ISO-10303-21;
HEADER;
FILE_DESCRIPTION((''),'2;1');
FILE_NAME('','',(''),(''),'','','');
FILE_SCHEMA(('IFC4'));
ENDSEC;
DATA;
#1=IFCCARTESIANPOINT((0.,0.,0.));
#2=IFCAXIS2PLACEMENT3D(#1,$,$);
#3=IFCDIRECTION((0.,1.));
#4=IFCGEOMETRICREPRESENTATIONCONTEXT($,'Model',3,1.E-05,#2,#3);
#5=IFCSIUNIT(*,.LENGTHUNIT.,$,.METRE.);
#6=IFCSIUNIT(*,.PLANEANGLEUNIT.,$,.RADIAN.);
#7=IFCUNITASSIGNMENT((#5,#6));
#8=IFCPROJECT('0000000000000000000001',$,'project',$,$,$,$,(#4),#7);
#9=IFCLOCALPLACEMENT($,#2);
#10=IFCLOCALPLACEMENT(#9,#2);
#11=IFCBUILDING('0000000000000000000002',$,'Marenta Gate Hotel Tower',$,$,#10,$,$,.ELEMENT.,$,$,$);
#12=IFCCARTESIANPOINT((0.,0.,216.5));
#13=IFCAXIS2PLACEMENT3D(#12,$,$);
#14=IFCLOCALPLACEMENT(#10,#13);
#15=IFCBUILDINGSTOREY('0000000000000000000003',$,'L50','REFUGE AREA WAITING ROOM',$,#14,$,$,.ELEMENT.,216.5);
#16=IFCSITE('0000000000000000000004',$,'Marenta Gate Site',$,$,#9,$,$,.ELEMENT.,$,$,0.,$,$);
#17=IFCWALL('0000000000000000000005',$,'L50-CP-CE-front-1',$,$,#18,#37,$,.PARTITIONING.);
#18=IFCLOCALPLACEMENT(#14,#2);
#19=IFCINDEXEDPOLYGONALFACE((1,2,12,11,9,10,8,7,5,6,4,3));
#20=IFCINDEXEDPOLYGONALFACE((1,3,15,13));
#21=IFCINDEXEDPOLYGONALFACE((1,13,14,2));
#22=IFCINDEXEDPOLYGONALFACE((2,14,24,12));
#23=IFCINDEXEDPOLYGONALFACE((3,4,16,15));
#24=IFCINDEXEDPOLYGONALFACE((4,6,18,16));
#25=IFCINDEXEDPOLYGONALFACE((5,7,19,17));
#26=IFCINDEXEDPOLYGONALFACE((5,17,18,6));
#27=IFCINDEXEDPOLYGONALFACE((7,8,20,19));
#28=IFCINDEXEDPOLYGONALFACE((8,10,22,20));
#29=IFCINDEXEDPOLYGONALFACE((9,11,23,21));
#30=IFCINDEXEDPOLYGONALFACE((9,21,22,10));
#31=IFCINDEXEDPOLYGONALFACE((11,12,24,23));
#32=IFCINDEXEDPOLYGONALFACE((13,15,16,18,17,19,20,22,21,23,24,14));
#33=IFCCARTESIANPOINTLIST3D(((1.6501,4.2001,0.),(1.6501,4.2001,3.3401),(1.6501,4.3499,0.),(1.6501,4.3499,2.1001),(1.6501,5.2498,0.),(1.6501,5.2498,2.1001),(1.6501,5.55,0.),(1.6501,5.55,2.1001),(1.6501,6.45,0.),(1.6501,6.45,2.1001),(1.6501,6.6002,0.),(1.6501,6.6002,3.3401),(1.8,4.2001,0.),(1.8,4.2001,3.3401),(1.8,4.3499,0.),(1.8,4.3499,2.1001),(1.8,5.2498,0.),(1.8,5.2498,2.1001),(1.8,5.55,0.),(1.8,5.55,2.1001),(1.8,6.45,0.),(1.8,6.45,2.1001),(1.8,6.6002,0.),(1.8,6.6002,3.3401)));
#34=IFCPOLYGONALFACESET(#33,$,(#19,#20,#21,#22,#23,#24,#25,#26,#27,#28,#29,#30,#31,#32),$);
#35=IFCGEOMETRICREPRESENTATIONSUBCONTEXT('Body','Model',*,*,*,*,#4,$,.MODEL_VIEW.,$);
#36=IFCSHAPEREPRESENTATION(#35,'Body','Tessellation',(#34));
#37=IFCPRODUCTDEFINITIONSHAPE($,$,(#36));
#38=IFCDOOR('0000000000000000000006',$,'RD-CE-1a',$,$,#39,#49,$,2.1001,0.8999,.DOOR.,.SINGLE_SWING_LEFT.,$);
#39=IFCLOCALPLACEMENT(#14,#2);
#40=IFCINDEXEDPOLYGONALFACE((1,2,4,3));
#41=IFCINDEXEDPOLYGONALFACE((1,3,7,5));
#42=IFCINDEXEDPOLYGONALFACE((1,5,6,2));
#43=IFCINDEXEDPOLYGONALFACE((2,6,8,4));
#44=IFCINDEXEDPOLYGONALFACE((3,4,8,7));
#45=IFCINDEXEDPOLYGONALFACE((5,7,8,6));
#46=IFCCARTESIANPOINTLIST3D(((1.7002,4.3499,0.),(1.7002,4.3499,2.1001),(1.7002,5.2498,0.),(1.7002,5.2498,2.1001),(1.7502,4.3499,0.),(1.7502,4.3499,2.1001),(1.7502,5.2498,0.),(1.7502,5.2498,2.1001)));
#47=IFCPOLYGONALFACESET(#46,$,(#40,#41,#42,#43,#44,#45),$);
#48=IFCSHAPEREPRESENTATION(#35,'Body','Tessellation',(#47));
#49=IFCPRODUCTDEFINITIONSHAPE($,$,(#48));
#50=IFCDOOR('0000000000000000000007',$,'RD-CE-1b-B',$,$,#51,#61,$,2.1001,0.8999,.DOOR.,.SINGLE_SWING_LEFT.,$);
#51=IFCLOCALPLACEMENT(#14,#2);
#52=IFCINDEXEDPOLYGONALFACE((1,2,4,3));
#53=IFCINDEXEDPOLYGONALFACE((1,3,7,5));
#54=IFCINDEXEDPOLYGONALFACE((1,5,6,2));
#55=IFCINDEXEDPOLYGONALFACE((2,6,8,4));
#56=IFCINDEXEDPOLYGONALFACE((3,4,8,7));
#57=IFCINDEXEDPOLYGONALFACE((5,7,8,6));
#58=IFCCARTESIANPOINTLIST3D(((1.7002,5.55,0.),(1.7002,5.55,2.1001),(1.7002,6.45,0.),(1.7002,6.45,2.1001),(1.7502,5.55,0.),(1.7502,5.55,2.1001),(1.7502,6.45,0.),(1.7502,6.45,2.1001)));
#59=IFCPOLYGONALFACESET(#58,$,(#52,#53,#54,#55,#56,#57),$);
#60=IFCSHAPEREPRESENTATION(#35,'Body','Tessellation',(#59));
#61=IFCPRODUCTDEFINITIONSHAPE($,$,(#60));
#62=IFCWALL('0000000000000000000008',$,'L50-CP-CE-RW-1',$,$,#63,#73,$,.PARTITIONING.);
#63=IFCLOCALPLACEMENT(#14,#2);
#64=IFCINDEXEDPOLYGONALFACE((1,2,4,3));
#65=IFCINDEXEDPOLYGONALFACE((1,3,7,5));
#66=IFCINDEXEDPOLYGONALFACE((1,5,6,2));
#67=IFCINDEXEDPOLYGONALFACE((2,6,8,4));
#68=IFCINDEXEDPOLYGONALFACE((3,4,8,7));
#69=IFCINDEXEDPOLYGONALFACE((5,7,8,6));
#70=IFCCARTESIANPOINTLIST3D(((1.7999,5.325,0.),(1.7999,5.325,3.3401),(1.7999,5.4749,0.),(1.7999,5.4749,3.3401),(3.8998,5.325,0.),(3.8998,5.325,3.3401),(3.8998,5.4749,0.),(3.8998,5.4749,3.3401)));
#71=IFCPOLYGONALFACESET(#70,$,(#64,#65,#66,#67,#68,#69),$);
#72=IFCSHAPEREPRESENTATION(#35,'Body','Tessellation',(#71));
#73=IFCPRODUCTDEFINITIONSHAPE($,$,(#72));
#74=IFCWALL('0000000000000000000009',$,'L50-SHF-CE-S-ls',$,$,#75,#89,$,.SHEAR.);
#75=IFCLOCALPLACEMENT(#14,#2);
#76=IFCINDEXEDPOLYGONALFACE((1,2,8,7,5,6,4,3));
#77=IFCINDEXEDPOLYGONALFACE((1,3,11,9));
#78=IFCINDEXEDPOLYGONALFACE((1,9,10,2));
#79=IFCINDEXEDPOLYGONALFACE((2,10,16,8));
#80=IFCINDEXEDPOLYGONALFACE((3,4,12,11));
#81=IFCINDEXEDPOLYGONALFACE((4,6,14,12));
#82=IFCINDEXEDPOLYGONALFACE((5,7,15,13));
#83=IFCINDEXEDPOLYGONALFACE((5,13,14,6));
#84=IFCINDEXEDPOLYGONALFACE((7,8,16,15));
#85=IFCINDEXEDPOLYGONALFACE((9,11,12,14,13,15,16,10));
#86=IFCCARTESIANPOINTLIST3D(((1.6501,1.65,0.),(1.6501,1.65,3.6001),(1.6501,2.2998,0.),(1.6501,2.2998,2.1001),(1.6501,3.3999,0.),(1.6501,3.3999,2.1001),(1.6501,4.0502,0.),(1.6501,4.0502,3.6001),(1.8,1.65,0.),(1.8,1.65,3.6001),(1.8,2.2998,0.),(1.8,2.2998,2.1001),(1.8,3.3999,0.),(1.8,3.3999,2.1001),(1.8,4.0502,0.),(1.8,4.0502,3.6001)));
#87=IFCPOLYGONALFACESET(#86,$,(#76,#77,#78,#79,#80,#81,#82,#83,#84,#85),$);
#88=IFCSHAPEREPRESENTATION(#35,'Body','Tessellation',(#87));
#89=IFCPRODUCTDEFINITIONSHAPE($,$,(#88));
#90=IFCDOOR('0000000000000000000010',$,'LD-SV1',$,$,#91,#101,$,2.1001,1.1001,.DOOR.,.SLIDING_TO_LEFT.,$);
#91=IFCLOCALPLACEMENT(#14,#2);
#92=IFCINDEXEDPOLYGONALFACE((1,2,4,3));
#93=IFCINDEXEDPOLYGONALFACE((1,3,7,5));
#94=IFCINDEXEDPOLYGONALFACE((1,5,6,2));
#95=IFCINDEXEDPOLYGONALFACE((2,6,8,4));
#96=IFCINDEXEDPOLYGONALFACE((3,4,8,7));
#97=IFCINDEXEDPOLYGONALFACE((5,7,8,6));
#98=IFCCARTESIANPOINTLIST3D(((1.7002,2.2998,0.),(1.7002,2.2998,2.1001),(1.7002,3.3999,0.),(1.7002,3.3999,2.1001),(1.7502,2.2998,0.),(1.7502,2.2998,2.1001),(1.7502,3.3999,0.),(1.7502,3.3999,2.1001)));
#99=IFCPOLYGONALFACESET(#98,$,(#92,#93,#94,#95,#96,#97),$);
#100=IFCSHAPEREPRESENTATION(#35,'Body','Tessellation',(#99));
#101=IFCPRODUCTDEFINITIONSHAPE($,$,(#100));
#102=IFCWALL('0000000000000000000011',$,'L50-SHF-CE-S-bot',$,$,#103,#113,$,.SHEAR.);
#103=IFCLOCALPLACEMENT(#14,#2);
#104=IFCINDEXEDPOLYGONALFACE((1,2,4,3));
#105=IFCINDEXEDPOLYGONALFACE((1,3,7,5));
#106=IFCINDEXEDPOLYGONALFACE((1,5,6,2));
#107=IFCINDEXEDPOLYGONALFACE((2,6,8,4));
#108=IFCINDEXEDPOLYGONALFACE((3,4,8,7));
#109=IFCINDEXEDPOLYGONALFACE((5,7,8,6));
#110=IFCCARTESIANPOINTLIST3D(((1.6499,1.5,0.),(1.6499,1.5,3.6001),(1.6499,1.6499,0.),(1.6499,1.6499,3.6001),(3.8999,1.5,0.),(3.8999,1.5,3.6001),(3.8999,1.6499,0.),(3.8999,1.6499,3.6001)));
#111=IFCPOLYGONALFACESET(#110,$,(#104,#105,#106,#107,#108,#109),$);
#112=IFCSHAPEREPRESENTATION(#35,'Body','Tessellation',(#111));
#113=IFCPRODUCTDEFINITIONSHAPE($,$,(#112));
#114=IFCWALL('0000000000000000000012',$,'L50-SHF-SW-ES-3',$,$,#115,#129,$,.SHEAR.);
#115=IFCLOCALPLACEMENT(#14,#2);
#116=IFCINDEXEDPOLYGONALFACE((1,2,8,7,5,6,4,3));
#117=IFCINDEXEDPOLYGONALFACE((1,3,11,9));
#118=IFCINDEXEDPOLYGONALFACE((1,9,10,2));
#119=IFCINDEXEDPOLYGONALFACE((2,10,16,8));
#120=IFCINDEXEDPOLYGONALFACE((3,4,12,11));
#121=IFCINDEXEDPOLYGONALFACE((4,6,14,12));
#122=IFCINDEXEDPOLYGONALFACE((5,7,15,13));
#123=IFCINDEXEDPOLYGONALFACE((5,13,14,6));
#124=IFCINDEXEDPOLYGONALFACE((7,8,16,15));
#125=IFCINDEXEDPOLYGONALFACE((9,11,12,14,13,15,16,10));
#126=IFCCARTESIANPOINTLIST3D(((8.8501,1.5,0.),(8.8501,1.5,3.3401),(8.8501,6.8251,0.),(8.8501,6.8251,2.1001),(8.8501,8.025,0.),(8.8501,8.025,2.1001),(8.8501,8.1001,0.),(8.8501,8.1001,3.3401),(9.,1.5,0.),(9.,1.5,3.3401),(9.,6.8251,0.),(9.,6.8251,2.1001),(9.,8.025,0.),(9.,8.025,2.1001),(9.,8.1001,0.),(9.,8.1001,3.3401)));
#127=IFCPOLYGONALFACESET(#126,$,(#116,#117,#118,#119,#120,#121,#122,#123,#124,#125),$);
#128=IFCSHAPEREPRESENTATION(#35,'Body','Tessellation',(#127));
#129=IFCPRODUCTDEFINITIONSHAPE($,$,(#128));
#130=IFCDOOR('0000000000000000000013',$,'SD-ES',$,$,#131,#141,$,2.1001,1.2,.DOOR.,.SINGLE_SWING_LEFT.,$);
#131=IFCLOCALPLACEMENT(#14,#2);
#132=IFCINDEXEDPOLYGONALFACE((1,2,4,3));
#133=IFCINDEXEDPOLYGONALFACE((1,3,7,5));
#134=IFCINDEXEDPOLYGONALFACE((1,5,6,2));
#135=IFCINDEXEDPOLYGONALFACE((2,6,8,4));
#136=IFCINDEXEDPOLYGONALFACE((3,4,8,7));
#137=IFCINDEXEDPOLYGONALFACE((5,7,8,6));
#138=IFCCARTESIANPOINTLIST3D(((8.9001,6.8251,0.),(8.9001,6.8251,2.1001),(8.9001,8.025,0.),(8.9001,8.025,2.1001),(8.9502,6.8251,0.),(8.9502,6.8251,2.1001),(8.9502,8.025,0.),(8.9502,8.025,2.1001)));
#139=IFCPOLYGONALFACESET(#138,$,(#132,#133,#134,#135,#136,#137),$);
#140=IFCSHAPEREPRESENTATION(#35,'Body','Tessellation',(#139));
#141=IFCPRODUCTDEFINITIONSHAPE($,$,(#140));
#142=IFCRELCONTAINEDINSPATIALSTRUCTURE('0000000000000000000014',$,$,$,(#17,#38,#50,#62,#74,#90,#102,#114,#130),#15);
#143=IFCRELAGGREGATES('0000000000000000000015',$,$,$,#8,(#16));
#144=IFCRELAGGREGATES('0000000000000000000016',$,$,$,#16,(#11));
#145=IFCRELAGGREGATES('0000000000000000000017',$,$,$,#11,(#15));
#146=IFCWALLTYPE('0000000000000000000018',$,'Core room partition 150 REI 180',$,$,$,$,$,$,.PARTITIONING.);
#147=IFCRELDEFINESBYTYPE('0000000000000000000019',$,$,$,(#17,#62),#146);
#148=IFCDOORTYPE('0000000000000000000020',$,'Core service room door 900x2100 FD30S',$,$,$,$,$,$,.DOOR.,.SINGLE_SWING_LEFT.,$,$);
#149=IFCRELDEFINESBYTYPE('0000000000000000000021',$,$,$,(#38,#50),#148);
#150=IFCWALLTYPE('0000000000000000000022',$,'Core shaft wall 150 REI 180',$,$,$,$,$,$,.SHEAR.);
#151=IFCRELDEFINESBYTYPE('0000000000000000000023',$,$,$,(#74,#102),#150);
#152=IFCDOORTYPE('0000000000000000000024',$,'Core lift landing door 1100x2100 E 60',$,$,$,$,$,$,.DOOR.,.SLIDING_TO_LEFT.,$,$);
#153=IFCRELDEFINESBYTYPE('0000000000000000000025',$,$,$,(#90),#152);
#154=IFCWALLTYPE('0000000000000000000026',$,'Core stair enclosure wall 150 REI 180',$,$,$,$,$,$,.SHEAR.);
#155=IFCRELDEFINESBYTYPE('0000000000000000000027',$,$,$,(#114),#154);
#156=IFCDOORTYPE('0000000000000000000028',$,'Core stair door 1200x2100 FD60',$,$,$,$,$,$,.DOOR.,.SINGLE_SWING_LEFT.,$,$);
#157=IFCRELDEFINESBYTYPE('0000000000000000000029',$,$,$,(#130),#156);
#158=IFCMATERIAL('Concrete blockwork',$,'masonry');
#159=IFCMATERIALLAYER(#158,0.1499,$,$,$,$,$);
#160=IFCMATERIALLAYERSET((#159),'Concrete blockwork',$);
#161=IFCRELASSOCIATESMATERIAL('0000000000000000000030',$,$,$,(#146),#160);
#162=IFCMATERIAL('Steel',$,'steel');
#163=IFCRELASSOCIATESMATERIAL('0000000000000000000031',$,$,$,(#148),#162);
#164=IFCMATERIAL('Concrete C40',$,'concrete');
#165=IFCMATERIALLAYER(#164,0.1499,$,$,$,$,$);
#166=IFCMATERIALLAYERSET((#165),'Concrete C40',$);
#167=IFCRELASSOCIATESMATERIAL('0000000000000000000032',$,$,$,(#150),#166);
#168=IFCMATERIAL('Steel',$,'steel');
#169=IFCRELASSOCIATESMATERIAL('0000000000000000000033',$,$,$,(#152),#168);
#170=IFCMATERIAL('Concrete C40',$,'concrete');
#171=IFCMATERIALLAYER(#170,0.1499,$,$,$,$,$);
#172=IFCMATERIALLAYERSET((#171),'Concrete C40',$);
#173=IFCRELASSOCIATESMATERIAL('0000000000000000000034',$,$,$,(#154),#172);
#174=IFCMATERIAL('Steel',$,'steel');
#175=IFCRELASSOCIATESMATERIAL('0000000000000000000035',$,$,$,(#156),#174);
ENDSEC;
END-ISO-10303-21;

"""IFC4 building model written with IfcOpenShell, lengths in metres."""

from ifc_helpers import new_model, si_unit, direction, frame, frame_2d, origin, place, context, subcontext, project, spatial, rectangle, extrude, material, layer, layer_set, type_object, element, fill, save


model = new_model("IFC4")

# Units and contexts
model_context = context("Model", 3, precision=1e-05, world=origin(), true_north=direction((0.0, 1.0)))
body_context = subcontext(model_context, "Body", "Model", "MODEL_VIEW")
ifc_project = project(units=[si_unit("LENGTHUNIT", "METRE"), si_unit("PLANEANGLEUNIT", "RADIAN")], contexts=[model_context])

# Site, building, storey
site_placement = place(None, origin())
site = spatial("IfcSite", under=ifc_project, at=site_placement, Name="Marenta Gate Site", CompositionType="ELEMENT", RefElevation=0.0)
building_placement = place(site_placement, origin())
building = spatial("IfcBuilding", under=site, at=building_placement, Name="Marenta Gate Hotel Tower", CompositionType="ELEMENT")
storey_placement = place(building_placement, frame((0.0, 0.0, 216.5)))
storey = spatial("IfcBuildingStorey", under=building, at=storey_placement, Name="L50", Description="REFUGE AREA WAITING ROOM", CompositionType="ELEMENT", Elevation=216.5)

# Shared definitions
ifc_material_1 = material(Name="Concrete blockwork", Category="masonry")
ifc_layer_1 = layer(ifc_material_1, 0.1499)
ifc_layer_set_1 = layer_set([ifc_layer_1], Name="Concrete blockwork")
wall_type_1 = type_object("IfcWallType", Name="Core room partition 150 REI 180", PredefinedType="PARTITIONING", material=ifc_layer_set_1)

# Wall, openings, doors
wall_1_placement = place(storey_placement, frame((1.7251, 4.2, 0.0), z_axis=(0.0, 0.0, 1.0), x_axis=(0.0, 1.0, 0.0)))
wall_1 = element("IfcWall", 1, at=wall_1_placement, inside=storey, type_object=wall_type_1, Name="L50-CP-CE-front-1", PredefinedType="PARTITIONING", context=body_context, shape_type="SweptSolid", body=[
    extrude(rectangle(XDim=2.4001, YDim=0.1499, at=frame_2d((1.2002, 0.0))), origin(), (0.0, 0.0, 1.0), 3.3401),
])
opening_1_placement = place(wall_1_placement, frame((0.1499, 0.0, 0.0)))
opening_1 = element("IfcOpeningElement", 2, at=opening_1_placement, cuts=wall_1, PredefinedType="OPENING", context=body_context, shape_type="SweptSolid", body=[
    extrude(rectangle(XDim=0.8999, YDim=2.1001, at=frame_2d((0.45, 1.05))), frame((0.0, 0.075, 0.0), z_axis=(0.0, -1.0, 0.0), x_axis=(1.0, 0.0, 0.0)), (0.0, 0.0, 1.0), 0.1499),
])
opening_2_placement = place(wall_1_placement, frame((1.3501, 0.0, 0.0)))
opening_2 = element("IfcOpeningElement", 3, at=opening_2_placement, cuts=wall_1, PredefinedType="OPENING", context=body_context, shape_type="SweptSolid", body=[
    extrude(rectangle(XDim=0.8999, YDim=2.1001, at=frame_2d((0.45, 1.05))), frame((0.0, 0.075, 0.0), z_axis=(0.0, -1.0, 0.0), x_axis=(1.0, 0.0, 0.0)), (0.0, 0.0, 1.0), 0.1499),
])
ifc_material_2 = material(Name="Steel", Category="steel")
door_type_1 = type_object("IfcDoorType", Name="Core service room door 900x2100 FD30S", OperationType="SINGLE_SWING_LEFT", PredefinedType="DOOR", material=ifc_material_2)
door_1_placement = place(opening_1_placement, origin())
door_1 = element("IfcDoor", 4, at=door_1_placement, inside=storey, type_object=door_type_1, Name="RD-CE-1a", OperationType="SINGLE_SWING_LEFT", OverallHeight=2.1001, OverallWidth=0.8999, PredefinedType="DOOR", context=body_context, shape_type="SweptSolid", body=[
    extrude(rectangle(XDim=0.8999, YDim=2.1001, at=frame_2d((0.45, 1.05))), frame((0.0, 0.0249, 0.0), z_axis=(0.0, -1.0, 0.0), x_axis=(1.0, 0.0, 0.0)), (0.0, 0.0, 1.0), 0.05),
])
fill(opening_1, door_1)
door_2_placement = place(opening_2_placement, origin())
door_2 = element("IfcDoor", 5, at=door_2_placement, inside=storey, type_object=door_type_1, Name="RD-CE-1b-B", OperationType="SINGLE_SWING_LEFT", OverallHeight=2.1001, OverallWidth=0.8999, PredefinedType="DOOR", context=body_context, shape_type="SweptSolid", body=[
    extrude(rectangle(XDim=0.8999, YDim=2.1001, at=frame_2d((0.45, 1.05))), frame((0.0, 0.0249, 0.0), z_axis=(0.0, -1.0, 0.0), x_axis=(1.0, 0.0, 0.0)), (0.0, 0.0, 1.0), 0.05),
])
fill(opening_2, door_2)

# Wall
wall_2_placement = place(storey_placement, frame((1.8, 5.3999, 0.0), z_axis=(0.0, 0.0, 1.0), x_axis=(1.0, 0.0, 0.0)))
element("IfcWall", 6, at=wall_2_placement, inside=storey, type_object=wall_type_1, Name="L50-CP-CE-RW-1", PredefinedType="PARTITIONING", context=body_context, shape_type="SweptSolid", body=[
    extrude(rectangle(XDim=2.0999, YDim=0.1499, at=frame_2d((1.0498, 0.0))), origin(), (0.0, 0.0, 1.0), 3.3401),
])

# Wall, opening, door
ifc_material_3 = material(Name="Concrete C40", Category="concrete")
ifc_layer_2 = layer(ifc_material_3, 0.1499)
ifc_layer_set_2 = layer_set([ifc_layer_2], Name="Concrete C40")
wall_type_2 = type_object("IfcWallType", Name="Core shaft wall 150 REI 180", PredefinedType="SHEAR", material=ifc_layer_set_2)
wall_3_placement = place(storey_placement, frame((1.7251, 1.6499, 0.0), z_axis=(0.0, 0.0, 1.0), x_axis=(0.0, 1.0, 0.0)))
wall_3 = element("IfcWall", 7, at=wall_3_placement, inside=storey, type_object=wall_type_2, Name="L50-SHF-CE-S-ls", PredefinedType="SHEAR", context=body_context, shape_type="SweptSolid", body=[
    extrude(rectangle(XDim=2.4001, YDim=0.1499, at=frame_2d((1.2002, 0.0))), origin(), (0.0, 0.0, 1.0), 3.6001),
])
opening_3_placement = place(wall_3_placement, frame((0.6499, 0.0, 0.0)))
opening_3 = element("IfcOpeningElement", 8, at=opening_3_placement, cuts=wall_3, PredefinedType="OPENING", context=body_context, shape_type="SweptSolid", body=[
    extrude(rectangle(XDim=1.1001, YDim=2.1001, at=frame_2d((0.55, 1.05))), frame((0.0, 0.075, 0.0), z_axis=(0.0, -1.0, 0.0), x_axis=(1.0, 0.0, 0.0)), (0.0, 0.0, 1.0), 0.1499),
])
ifc_material_4 = material(Name="Steel", Category="steel")
door_type_2 = type_object("IfcDoorType", Name="Core lift landing door 1100x2100 E 60", OperationType="SLIDING_TO_LEFT", PredefinedType="DOOR", material=ifc_material_4)
door_3_placement = place(opening_3_placement, origin())
door_3 = element("IfcDoor", 9, at=door_3_placement, inside=storey, type_object=door_type_2, Name="LD-SV1", OperationType="SLIDING_TO_LEFT", OverallHeight=2.1001, OverallWidth=1.1001, PredefinedType="DOOR", context=body_context, shape_type="SweptSolid", body=[
    extrude(rectangle(XDim=1.1001, YDim=2.1001, at=frame_2d((0.55, 1.05))), frame((0.0, 0.0249, 0.0), z_axis=(0.0, -1.0, 0.0), x_axis=(1.0, 0.0, 0.0)), (0.0, 0.0, 1.0), 0.05),
])
fill(opening_3, door_3)

# Wall
wall_4_placement = place(storey_placement, frame((1.6499, 1.575, 0.0), z_axis=(0.0, 0.0, 1.0), x_axis=(1.0, 0.0, 0.0)))
element("IfcWall", 10, at=wall_4_placement, inside=storey, type_object=wall_type_2, Name="L50-SHF-CE-S-bot", PredefinedType="SHEAR", context=body_context, shape_type="SweptSolid", body=[
    extrude(rectangle(XDim=2.25, YDim=0.1499, at=frame_2d((1.125, 0.0))), origin(), (0.0, 0.0, 1.0), 3.6001),
])

# Wall, opening, door
ifc_material_5 = material(Name="Concrete C40", Category="concrete")
ifc_layer_3 = layer(ifc_material_5, 0.1499)
ifc_layer_set_3 = layer_set([ifc_layer_3], Name="Concrete C40")
wall_type_3 = type_object("IfcWallType", Name="Core stair enclosure wall 150 REI 180", PredefinedType="SHEAR", material=ifc_layer_set_3)
wall_5_placement = place(storey_placement, frame((8.925, 1.5, 0.0), z_axis=(0.0, 0.0, 1.0), x_axis=(0.0, 1.0, 0.0)))
wall_5 = element("IfcWall", 11, at=wall_5_placement, inside=storey, type_object=wall_type_3, Name="L50-SHF-SW-ES-3", PredefinedType="SHEAR", context=body_context, shape_type="SweptSolid", body=[
    extrude(rectangle(XDim=6.6001, YDim=0.1499, at=frame_2d((3.3, 0.0))), origin(), (0.0, 0.0, 1.0), 3.3401),
])
opening_4_placement = place(wall_5_placement, frame((5.325, 0.0, 0.0)))
opening_4 = element("IfcOpeningElement", 12, at=opening_4_placement, cuts=wall_5, PredefinedType="OPENING", context=body_context, shape_type="SweptSolid", body=[
    extrude(rectangle(XDim=1.2, YDim=2.1001, at=frame_2d((0.6001, 1.05))), frame((0.0, 0.075, 0.0), z_axis=(0.0, -1.0, 0.0), x_axis=(1.0, 0.0, 0.0)), (0.0, 0.0, 1.0), 0.1499),
])
ifc_material_6 = material(Name="Steel", Category="steel")
door_type_3 = type_object("IfcDoorType", Name="Core stair door 1200x2100 FD60", OperationType="SINGLE_SWING_LEFT", PredefinedType="DOOR", material=ifc_material_6)
door_4_placement = place(opening_4_placement, origin())
door_4 = element("IfcDoor", 13, at=door_4_placement, inside=storey, type_object=door_type_3, Name="SD-ES", OperationType="SINGLE_SWING_LEFT", OverallHeight=2.1001, OverallWidth=1.2, PredefinedType="DOOR", context=body_context, shape_type="SweptSolid", body=[
    extrude(rectangle(XDim=1.2, YDim=2.1001, at=frame_2d((0.6001, 1.05))), frame((0.0, 0.0249, 0.0), z_axis=(0.0, -1.0, 0.0), x_axis=(1.0, 0.0, 0.0)), (0.0, 0.0, 1.0), 0.05),
])
fill(opening_4, door_4)

save(model, "model.ifc")
